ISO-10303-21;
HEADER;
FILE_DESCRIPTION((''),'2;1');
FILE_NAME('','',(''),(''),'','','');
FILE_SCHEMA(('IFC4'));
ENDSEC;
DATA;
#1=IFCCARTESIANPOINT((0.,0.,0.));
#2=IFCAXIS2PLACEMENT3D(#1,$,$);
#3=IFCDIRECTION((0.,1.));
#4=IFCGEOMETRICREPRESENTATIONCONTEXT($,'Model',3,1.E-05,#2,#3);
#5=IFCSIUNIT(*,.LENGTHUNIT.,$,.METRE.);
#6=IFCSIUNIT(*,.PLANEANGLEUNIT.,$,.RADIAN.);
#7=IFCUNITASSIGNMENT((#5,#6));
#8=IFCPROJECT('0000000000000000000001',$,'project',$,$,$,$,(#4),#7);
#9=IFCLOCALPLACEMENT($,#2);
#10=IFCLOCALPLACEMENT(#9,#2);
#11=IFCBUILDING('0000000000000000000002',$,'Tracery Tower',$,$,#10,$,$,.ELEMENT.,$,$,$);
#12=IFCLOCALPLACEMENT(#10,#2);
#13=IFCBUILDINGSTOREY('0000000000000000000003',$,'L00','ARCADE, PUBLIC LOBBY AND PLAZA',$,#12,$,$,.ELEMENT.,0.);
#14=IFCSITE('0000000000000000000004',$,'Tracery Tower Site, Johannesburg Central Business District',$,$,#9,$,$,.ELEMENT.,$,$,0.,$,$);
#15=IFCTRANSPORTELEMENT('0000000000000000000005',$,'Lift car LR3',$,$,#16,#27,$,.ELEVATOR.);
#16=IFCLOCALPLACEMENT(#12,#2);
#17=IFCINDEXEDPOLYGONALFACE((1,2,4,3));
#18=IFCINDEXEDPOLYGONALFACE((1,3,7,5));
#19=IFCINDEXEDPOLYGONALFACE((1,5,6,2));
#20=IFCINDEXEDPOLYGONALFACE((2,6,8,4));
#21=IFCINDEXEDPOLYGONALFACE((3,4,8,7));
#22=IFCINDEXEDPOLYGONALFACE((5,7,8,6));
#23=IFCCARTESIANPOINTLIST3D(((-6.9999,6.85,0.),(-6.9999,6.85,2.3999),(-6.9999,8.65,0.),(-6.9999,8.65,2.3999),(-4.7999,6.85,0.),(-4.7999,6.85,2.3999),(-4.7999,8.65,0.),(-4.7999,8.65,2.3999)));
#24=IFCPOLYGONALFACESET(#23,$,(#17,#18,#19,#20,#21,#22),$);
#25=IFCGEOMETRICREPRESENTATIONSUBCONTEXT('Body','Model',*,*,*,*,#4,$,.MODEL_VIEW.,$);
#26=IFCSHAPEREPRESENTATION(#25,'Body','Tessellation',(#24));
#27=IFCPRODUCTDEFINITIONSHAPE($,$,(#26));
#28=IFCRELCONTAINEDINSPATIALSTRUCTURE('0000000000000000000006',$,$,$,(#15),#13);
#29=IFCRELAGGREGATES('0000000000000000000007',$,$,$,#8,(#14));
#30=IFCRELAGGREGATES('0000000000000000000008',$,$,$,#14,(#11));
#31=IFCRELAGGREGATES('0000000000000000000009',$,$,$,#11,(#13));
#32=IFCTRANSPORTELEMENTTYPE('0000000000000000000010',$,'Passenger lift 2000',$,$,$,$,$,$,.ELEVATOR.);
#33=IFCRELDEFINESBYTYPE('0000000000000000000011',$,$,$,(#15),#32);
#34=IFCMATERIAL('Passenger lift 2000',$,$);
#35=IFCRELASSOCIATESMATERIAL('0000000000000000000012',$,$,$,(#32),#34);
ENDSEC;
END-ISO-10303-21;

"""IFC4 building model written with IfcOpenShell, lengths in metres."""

from ifc_helpers import new_model, si_unit, direction, frame, origin, origin_2d, place, context, subcontext, project, spatial, rectangle, extrude, material, type_object, element, save


model = new_model("IFC4")

# Units and contexts
model_context = context("Model", 3, precision=1e-05, world=origin(), true_north=direction((0.0, 1.0)))
body_context = subcontext(model_context, "Body", "Model", "MODEL_VIEW")
ifc_project = project(units=[si_unit("LENGTHUNIT", "METRE"), si_unit("PLANEANGLEUNIT", "RADIAN")], contexts=[model_context])

# Site, building, storey
site_placement = place(None, origin())
site = spatial("IfcSite", under=ifc_project, at=site_placement, Name="Tracery Tower Site, Johannesburg Central Business District", CompositionType="ELEMENT", RefElevation=0.0)
building_placement = place(site_placement, origin())
building = spatial("IfcBuilding", under=site, at=building_placement, Name="Tracery Tower", CompositionType="ELEMENT")
storey_placement = place(building_placement, origin())
storey = spatial("IfcBuildingStorey", under=building, at=storey_placement, Name="L00", Description="ARCADE, PUBLIC LOBBY AND PLAZA", CompositionType="ELEMENT", Elevation=0.0)

# Transport element
ifc_material_1 = material(Name="Passenger lift 2000")
transport_element_type = type_object("IfcTransportElementType", Name="Passenger lift 2000", PredefinedType="ELEVATOR", material=ifc_material_1)
for number, where, z_axis, x_axis, name in (
    (1, (-5.8999, 7.75, 0.0), (0.0, 0.0, 1.0), (1.0, 0.0, 0.0), "Lift car LR3"),
):
    element("IfcTransportElement", number, at=place(storey_placement, frame(where, z_axis=z_axis, x_axis=x_axis)), inside=storey, type_object=transport_element_type, Name=name, PredefinedType="ELEVATOR", context=body_context, shape_type="SweptSolid", body=[
        extrude(rectangle(XDim=2.2, YDim=1.8, at=origin_2d()), origin(), (0.0, 0.0, 1.0), 2.3999),
    ])

save(model, "model.ifc")
